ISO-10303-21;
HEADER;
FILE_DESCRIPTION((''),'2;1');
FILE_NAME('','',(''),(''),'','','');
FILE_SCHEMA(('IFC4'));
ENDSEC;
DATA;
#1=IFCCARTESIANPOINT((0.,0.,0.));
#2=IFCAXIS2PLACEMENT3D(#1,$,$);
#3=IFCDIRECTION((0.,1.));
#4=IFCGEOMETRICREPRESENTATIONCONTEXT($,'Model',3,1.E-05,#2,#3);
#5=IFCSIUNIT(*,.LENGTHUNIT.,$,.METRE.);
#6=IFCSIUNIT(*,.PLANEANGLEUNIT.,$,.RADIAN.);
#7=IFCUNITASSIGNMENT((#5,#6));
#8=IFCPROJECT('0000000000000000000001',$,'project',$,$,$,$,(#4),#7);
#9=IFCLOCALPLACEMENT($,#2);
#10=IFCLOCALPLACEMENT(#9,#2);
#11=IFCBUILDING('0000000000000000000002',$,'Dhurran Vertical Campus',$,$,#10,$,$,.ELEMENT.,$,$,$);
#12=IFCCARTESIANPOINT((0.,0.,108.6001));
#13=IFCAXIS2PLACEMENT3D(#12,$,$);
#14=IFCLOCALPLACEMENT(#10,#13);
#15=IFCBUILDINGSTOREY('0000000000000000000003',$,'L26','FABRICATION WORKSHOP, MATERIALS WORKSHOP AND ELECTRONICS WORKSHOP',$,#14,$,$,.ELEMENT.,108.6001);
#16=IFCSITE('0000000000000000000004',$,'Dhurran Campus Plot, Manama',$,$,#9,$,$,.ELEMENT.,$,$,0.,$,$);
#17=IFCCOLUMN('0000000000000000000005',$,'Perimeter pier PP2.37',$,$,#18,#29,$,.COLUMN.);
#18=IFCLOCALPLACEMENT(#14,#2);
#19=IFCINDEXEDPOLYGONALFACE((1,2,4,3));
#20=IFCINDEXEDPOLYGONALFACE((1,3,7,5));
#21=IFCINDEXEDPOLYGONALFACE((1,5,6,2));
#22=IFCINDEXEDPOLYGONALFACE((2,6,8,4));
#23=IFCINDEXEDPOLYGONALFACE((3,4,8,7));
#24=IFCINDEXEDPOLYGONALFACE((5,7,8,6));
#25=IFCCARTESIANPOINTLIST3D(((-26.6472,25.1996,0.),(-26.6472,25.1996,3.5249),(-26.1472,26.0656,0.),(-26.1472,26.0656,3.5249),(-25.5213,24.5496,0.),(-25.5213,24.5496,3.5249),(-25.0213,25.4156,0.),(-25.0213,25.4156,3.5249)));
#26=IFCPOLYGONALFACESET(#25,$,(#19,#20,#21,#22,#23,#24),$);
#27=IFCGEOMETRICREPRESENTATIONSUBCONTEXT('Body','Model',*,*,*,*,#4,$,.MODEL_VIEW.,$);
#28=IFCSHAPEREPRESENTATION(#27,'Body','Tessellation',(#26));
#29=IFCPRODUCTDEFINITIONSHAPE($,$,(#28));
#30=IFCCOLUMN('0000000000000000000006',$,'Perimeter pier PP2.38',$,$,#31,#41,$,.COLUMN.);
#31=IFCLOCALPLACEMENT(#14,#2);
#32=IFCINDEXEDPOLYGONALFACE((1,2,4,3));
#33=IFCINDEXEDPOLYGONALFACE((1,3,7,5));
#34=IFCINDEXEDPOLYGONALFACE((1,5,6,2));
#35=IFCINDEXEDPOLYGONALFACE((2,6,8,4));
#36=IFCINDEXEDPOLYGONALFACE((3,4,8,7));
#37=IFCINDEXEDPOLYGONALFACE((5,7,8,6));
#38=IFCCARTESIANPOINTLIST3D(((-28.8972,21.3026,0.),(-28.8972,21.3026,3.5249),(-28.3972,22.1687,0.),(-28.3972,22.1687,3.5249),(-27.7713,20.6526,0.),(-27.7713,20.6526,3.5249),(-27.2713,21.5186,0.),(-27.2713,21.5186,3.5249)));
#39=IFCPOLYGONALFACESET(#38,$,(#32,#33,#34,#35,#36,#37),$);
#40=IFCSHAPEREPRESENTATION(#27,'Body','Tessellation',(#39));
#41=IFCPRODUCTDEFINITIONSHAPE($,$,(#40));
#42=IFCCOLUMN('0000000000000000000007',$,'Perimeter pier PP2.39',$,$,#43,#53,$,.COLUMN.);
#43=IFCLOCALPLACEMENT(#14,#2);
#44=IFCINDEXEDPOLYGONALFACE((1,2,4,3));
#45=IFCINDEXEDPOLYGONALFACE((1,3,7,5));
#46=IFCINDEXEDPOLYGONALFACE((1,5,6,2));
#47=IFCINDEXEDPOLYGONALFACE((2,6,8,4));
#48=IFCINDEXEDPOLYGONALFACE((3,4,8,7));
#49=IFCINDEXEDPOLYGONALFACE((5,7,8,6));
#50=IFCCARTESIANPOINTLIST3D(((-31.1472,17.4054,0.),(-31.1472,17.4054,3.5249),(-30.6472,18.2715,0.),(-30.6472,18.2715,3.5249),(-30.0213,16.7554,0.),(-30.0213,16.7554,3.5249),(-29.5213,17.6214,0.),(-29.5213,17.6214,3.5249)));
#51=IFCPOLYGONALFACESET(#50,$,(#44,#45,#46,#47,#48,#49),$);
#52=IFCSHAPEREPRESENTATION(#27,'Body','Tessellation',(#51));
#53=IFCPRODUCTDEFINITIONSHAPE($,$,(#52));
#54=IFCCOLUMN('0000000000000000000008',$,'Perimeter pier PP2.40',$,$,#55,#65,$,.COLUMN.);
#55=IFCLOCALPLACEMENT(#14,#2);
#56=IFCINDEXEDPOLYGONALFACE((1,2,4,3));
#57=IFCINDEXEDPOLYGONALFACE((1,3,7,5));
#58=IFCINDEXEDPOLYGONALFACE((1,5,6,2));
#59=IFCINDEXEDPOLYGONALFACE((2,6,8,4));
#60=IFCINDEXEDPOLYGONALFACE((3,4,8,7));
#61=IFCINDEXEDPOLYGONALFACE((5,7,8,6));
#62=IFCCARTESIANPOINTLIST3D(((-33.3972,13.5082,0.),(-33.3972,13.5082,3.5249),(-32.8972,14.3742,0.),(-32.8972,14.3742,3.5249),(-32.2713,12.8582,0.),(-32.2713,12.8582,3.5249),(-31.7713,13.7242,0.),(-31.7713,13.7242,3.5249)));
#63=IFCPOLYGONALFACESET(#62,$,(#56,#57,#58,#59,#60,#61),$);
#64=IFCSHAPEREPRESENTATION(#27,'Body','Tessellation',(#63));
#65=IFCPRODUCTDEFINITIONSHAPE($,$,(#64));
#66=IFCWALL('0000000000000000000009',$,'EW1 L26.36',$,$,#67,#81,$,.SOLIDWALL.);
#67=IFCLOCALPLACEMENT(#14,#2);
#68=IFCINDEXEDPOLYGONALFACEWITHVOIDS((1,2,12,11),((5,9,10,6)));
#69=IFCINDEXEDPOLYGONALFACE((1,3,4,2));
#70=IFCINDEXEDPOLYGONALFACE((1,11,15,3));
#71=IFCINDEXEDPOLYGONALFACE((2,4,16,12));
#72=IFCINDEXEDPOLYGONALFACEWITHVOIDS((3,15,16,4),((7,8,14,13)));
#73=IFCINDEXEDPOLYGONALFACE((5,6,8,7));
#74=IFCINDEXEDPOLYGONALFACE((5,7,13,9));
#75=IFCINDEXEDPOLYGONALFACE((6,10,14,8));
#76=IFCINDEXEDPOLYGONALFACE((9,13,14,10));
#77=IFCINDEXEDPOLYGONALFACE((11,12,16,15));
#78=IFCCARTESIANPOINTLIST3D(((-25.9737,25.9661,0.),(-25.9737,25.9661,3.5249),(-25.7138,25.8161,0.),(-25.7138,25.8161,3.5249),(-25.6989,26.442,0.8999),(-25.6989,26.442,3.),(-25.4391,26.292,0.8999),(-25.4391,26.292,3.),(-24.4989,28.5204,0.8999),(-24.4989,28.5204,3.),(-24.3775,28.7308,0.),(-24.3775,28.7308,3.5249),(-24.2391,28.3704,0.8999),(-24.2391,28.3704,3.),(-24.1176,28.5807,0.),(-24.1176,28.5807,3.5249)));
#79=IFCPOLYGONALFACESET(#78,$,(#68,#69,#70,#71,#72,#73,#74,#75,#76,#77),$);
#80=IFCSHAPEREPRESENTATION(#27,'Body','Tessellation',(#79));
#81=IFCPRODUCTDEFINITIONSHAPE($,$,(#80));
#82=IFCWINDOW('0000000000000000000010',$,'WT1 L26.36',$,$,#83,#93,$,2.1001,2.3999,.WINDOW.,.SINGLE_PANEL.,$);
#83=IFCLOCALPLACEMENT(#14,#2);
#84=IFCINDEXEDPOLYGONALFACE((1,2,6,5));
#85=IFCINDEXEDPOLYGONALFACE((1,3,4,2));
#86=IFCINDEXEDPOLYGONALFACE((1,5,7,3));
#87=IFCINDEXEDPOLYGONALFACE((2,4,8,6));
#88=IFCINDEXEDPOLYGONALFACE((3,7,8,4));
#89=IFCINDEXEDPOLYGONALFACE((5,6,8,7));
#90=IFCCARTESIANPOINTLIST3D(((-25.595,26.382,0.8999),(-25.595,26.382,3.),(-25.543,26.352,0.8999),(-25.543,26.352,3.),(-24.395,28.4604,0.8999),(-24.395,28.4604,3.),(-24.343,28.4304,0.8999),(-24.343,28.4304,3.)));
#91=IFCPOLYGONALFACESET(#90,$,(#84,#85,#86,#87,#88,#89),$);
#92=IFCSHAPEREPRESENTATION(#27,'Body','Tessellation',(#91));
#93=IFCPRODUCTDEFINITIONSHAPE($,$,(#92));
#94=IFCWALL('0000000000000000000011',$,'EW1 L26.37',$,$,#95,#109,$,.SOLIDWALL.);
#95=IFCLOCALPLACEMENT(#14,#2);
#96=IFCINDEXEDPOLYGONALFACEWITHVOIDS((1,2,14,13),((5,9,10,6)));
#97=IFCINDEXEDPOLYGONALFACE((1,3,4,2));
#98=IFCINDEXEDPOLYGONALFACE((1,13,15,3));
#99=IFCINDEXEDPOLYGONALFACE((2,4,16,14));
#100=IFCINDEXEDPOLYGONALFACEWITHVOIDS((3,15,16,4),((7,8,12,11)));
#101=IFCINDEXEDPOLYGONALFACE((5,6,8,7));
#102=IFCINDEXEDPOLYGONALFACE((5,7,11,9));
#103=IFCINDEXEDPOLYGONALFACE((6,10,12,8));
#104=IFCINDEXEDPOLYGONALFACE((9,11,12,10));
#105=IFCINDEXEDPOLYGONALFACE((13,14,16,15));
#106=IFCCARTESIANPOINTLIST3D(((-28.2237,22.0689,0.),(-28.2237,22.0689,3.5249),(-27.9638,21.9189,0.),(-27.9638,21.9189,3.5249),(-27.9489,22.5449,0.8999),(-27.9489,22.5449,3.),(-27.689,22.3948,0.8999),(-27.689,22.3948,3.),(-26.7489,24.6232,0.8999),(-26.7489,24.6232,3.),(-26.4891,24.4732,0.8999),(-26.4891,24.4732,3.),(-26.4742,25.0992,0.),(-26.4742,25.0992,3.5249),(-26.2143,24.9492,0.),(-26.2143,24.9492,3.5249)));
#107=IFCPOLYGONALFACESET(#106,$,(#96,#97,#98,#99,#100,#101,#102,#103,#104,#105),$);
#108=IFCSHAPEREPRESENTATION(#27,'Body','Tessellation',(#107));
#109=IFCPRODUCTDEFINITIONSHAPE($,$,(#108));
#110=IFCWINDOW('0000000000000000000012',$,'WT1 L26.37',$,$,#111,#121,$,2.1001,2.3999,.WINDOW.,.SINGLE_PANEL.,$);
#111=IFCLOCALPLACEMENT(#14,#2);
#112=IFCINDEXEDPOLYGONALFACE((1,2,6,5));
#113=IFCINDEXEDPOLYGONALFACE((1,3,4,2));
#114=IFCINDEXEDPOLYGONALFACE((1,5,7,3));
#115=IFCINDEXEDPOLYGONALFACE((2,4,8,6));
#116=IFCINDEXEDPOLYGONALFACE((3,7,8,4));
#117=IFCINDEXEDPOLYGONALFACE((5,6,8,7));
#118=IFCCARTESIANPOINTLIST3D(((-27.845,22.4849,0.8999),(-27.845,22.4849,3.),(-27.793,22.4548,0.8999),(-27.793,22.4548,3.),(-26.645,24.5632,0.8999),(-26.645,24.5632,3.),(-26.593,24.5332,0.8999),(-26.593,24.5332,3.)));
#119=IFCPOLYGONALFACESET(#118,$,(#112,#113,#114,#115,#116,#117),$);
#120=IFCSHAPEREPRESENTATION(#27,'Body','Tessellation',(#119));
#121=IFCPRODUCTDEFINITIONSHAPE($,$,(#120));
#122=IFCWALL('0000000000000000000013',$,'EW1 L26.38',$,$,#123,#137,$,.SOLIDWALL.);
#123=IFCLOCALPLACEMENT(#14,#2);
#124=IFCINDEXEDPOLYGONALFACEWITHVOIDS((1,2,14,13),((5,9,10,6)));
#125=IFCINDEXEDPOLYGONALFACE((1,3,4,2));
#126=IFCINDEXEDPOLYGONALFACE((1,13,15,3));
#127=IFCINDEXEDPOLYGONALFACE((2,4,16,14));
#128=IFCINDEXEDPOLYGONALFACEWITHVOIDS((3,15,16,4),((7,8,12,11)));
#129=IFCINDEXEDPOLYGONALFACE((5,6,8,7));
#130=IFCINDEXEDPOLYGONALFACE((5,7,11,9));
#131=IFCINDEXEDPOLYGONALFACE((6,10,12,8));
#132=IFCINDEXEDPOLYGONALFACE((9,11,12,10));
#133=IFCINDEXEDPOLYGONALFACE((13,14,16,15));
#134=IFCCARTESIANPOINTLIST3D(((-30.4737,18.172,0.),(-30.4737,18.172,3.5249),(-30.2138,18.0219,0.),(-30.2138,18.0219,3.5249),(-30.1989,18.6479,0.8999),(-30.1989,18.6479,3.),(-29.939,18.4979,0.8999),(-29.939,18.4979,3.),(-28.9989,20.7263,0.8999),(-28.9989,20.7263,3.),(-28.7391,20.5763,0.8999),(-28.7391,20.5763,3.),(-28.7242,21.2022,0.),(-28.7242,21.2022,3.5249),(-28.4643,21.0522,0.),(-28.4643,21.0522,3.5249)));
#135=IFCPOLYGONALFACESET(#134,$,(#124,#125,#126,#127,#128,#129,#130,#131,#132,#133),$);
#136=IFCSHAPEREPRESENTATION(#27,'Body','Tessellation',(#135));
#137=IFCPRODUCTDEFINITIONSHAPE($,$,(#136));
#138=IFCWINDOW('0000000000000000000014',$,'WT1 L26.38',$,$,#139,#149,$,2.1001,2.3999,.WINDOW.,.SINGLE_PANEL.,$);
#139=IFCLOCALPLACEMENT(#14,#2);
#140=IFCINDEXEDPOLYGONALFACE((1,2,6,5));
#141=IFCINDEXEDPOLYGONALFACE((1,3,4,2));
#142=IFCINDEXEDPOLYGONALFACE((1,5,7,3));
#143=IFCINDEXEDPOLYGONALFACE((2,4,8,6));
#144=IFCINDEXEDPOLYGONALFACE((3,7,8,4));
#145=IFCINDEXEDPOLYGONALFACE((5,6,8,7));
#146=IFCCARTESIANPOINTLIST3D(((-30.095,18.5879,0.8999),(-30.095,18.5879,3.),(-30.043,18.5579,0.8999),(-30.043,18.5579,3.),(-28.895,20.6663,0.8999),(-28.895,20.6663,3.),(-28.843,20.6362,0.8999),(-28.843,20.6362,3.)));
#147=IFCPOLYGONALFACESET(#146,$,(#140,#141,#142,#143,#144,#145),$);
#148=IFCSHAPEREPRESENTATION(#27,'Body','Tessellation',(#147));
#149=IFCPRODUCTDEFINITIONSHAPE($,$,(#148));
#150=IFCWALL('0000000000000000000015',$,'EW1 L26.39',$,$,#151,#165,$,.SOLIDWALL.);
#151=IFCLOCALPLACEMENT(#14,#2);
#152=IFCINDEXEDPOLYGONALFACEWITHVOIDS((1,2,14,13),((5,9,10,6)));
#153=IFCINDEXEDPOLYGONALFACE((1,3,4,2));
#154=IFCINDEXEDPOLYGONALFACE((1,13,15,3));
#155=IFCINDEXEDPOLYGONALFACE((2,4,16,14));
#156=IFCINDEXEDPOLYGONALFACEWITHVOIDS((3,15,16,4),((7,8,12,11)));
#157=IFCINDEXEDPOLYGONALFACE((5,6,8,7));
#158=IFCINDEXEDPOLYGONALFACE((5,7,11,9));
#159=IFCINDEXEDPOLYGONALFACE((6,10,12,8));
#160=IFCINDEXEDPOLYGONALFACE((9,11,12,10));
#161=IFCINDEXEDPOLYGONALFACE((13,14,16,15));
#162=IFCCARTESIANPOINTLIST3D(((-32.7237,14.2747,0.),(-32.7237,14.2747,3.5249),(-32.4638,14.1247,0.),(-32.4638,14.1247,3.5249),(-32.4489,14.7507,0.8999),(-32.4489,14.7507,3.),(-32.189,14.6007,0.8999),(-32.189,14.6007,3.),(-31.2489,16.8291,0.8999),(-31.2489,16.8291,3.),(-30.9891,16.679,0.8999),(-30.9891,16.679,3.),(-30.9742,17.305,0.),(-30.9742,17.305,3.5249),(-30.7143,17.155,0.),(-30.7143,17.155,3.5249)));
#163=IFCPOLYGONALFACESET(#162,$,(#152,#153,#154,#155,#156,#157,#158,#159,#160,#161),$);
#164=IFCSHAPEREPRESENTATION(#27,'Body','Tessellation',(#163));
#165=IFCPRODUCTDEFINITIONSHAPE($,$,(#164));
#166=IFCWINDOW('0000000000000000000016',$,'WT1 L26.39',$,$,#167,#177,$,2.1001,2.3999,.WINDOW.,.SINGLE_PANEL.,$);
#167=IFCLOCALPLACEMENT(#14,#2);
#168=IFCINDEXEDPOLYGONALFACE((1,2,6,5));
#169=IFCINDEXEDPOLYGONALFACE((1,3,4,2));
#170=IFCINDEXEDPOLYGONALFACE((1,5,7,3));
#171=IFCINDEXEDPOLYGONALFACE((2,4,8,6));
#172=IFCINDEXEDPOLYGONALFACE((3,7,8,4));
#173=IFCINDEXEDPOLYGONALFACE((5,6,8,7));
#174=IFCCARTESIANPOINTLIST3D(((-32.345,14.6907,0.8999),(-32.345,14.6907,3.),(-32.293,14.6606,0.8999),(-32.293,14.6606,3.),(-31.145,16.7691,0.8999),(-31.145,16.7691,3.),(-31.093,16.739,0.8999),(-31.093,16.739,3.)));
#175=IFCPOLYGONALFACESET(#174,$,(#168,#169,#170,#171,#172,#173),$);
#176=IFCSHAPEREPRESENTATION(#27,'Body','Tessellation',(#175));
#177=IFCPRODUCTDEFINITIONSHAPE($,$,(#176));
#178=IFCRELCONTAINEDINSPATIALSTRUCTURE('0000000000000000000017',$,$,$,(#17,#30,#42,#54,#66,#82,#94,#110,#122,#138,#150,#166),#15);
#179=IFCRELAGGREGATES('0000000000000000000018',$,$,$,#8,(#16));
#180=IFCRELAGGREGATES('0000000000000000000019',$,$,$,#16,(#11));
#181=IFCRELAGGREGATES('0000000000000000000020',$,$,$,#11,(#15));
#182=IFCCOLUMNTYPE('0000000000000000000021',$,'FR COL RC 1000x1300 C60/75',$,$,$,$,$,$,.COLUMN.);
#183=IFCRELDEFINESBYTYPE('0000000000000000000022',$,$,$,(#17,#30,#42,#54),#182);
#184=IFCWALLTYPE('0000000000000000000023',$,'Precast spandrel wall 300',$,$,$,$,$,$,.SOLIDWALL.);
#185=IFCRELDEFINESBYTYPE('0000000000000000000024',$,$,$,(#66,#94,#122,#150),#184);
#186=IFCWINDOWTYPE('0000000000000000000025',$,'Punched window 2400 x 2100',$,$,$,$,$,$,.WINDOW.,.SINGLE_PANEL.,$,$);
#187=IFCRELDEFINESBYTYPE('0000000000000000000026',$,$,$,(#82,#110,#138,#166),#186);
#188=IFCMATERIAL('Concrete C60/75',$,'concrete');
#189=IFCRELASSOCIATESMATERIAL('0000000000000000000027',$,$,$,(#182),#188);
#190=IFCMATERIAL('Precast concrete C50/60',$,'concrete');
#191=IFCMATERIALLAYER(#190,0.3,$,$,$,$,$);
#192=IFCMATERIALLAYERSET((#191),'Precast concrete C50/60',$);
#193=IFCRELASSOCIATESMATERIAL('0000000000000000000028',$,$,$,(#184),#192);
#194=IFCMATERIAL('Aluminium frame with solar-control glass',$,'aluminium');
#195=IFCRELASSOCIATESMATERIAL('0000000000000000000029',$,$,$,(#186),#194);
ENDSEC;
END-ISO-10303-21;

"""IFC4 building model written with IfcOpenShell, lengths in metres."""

from ifc_helpers import new_model, si_unit, direction, frame, frame_2d, origin, origin_2d, place, context, subcontext, project, spatial, rectangle, extrude, material, layer, layer_set, material_profile, profile_set, type_object, element, fill, save


model = new_model("IFC4")

# Units and contexts
model_context = context("Model", 3, precision=1e-05, world=origin(), true_north=direction((0.0, 1.0)))
body_context = subcontext(model_context, "Body", "Model", "MODEL_VIEW")
ifc_project = project(units=[si_unit("LENGTHUNIT", "METRE"), si_unit("PLANEANGLEUNIT", "RADIAN")], contexts=[model_context])

# Site, building, storey
site_placement = place(None, origin())
site = spatial("IfcSite", under=ifc_project, at=site_placement, Name="Dhurran Campus Plot, Manama", CompositionType="ELEMENT", RefElevation=0.0)
building_placement = place(site_placement, origin())
building = spatial("IfcBuilding", under=site, at=building_placement, Name="Dhurran Vertical Campus", CompositionType="ELEMENT")
storey_placement = place(building_placement, frame((0.0, 0.0, 108.6001)))
storey = spatial("IfcBuildingStorey", under=building, at=storey_placement, Name="L26", Description="FABRICATION WORKSHOP, MATERIALS WORKSHOP AND ELECTRONICS WORKSHOP", CompositionType="ELEMENT", Elevation=108.6001)

# Columns
ifc_material_1 = material(Name="Concrete C60/75", Category="concrete")
ifc_material_profile = material_profile(ifc_material_1, rectangle(XDim=1.0, YDim=1.3, at=origin_2d()), Name="RC 1000x1300")
ifc_profile_set = profile_set([ifc_material_profile], Name="Concrete C60/75")
column_type = type_object("IfcColumnType", Name="FR COL RC 1000x1300 C60/75", PredefinedType="COLUMN", material=ifc_profile_set)
for number, where, z_axis, x_axis, name in (
    (1, (-25.8342, 25.3076, 0.0), (0.0, 0.0, 1.0), (-0.5, -0.866025, 0.0), "Perimeter pier PP2.37"),
    (2, (-28.0842, 21.4106, 0.0), (0.0, 0.0, 1.0), (-0.5, -0.866025, 0.0), "Perimeter pier PP2.38"),
    (3, (-30.3342, 17.5134, 0.0), (0.0, 0.0, 1.0), (-0.5, -0.866025, 0.0), "Perimeter pier PP2.39"),
    (4, (-32.5842, 13.6162, 0.0), (0.0, 0.0, 1.0), (-0.5, -0.866025, 0.0), "Perimeter pier PP2.40"),
):
    element("IfcColumn", number, at=place(storey_placement, frame(where, z_axis=z_axis, x_axis=x_axis)), inside=storey, type_object=column_type, Name=name, PredefinedType="COLUMN", context=body_context, shape_type="SweptSolid", body=[
        extrude(rectangle(XDim=1.0, YDim=1.3, at=origin_2d()), origin(), (0.0, 0.0, 1.0), 3.5249),
    ])

# Walls, openings, windows
ifc_material_2 = material(Name="Precast concrete C50/60", Category="concrete")
ifc_layer_1 = layer(ifc_material_2, 0.3)
ifc_layer_set_1 = layer_set([ifc_layer_1], Name="Precast concrete C50/60")
wall_type_1 = type_object("IfcWallType", Name="Precast spandrel wall 300", PredefinedType="SOLIDWALL", material=ifc_layer_set_1)
wall_1_placement = place(storey_placement, frame((-24.2476, 28.6558, 0.0), z_axis=(0.0, 0.0, 1.0), x_axis=(-0.500005, -0.866023, 0.0)))
wall_1 = element("IfcWall", 5, at=wall_1_placement, inside=storey, type_object=wall_type_1, Name="EW1 L26.36", PredefinedType="SOLIDWALL", context=body_context, shape_type="SweptSolid", body=[
    extrude(rectangle(XDim=3.1924, YDim=0.3, at=frame_2d((1.5962, 0.0))), origin(), (0.0, 0.0, 1.0), 3.5249),
])
opening_1_placement = place(wall_1_placement, frame((0.2429, 0.0, 0.8999)))
opening_1 = element("IfcOpeningElement", 6, at=opening_1_placement, cuts=wall_1, PredefinedType="OPENING", context=body_context, shape_type="SweptSolid", body=[
    extrude(rectangle(XDim=2.3999, YDim=2.1001, at=frame_2d((1.2, 1.05))), frame((0.0, 0.1599, 0.0), z_axis=(0.0, -1.0, 0.0), x_axis=(1.0, 0.0, 0.0)), (0.0, 0.0, 1.0), 0.3201),
])
ifc_material_3 = material(Name="Aluminium frame with solar-control glass", Category="aluminium")
window_type = type_object("IfcWindowType", Name="Punched window 2400 x 2100", PartitioningType="SINGLE_PANEL", PredefinedType="WINDOW", material=ifc_material_3)
window_1_placement = place(opening_1_placement, origin())
window_1 = element("IfcWindow", 7, at=window_1_placement, inside=storey, type_object=window_type, Name="WT1 L26.36", OverallHeight=2.1001, OverallWidth=2.3999, PartitioningType="SINGLE_PANEL", PredefinedType="WINDOW", context=body_context, shape_type="SweptSolid", body=[
    extrude(rectangle(XDim=2.3999, YDim=2.1001, at=frame_2d((1.2, 1.05))), frame((0.0, 0.03, 0.0), z_axis=(0.0, -1.0, 0.0), x_axis=(1.0, 0.0, 0.0)), (0.0, 0.0, 1.0), 0.0601),
])
fill(opening_1, window_1)
wall_2_placement = place(storey_placement, frame((-26.3442, 25.0242, 0.0), z_axis=(0.0, 0.0, 1.0), x_axis=(-0.499996, -0.866028, 0.0)))
wall_2 = element("IfcWall", 8, at=wall_2_placement, inside=storey, type_object=wall_type_1, Name="EW1 L26.37", PredefinedType="SOLIDWALL", context=body_context, shape_type="SweptSolid", body=[
    extrude(rectangle(XDim=3.499, YDim=0.3, at=frame_2d((1.7495, 0.0))), origin(), (0.0, 0.0, 1.0), 3.5249),
])
opening_2_placement = place(wall_2_placement, frame((0.5496, 0.0, 0.8999)))
opening_2 = element("IfcOpeningElement", 9, at=opening_2_placement, cuts=wall_2, PredefinedType="OPENING", context=body_context, shape_type="SweptSolid", body=[
    extrude(rectangle(XDim=2.3999, YDim=2.1001, at=frame_2d((1.2, 1.05))), frame((0.0, 0.1599, 0.0), z_axis=(0.0, -1.0, 0.0), x_axis=(1.0, 0.0, 0.0)), (0.0, 0.0, 1.0), 0.3201),
])
window_2_placement = place(opening_2_placement, origin())
window_2 = element("IfcWindow", 10, at=window_2_placement, inside=storey, type_object=window_type, Name="WT1 L26.37", OverallHeight=2.1001, OverallWidth=2.3999, PartitioningType="SINGLE_PANEL", PredefinedType="WINDOW", context=body_context, shape_type="SweptSolid", body=[
    extrude(rectangle(XDim=2.3999, YDim=2.1001, at=frame_2d((1.2, 1.05))), frame((0.0, 0.03, 0.0), z_axis=(0.0, -1.0, 0.0), x_axis=(1.0, 0.0, 0.0)), (0.0, 0.0, 1.0), 0.0601),
])
fill(opening_2, window_2)
wall_3_placement = place(storey_placement, frame((-28.5942, 21.1272, 0.0), z_axis=(0.0, 0.0, 1.0), x_axis=(-0.499996, -0.866028, 0.0)))
wall_3 = element("IfcWall", 11, at=wall_3_placement, inside=storey, type_object=wall_type_1, Name="EW1 L26.38", PredefinedType="SOLIDWALL", context=body_context, shape_type="SweptSolid", body=[
    extrude(rectangle(XDim=3.499, YDim=0.3, at=frame_2d((1.7495, 0.0))), origin(), (0.0, 0.0, 1.0), 3.5249),
])
opening_3_placement = place(wall_3_placement, frame((0.5496, 0.0, 0.8999)))
opening_3 = element("IfcOpeningElement", 12, at=opening_3_placement, cuts=wall_3, PredefinedType="OPENING", context=body_context, shape_type="SweptSolid", body=[
    extrude(rectangle(XDim=2.3999, YDim=2.1001, at=frame_2d((1.2, 1.05))), frame((0.0, 0.1599, 0.0), z_axis=(0.0, -1.0, 0.0), x_axis=(1.0, 0.0, 0.0)), (0.0, 0.0, 1.0), 0.3201),
])
window_3_placement = place(opening_3_placement, origin())
window_3 = element("IfcWindow", 13, at=window_3_placement, inside=storey, type_object=window_type, Name="WT1 L26.38", OverallHeight=2.1001, OverallWidth=2.3999, PartitioningType="SINGLE_PANEL", PredefinedType="WINDOW", context=body_context, shape_type="SweptSolid", body=[
    extrude(rectangle(XDim=2.3999, YDim=2.1001, at=frame_2d((1.2, 1.05))), frame((0.0, 0.03, 0.0), z_axis=(0.0, -1.0, 0.0), x_axis=(1.0, 0.0, 0.0)), (0.0, 0.0, 1.0), 0.0601),
])
fill(opening_3, window_3)
wall_4_placement = place(storey_placement, frame((-30.8442, 17.23, 0.0), z_axis=(0.0, 0.0, 1.0), x_axis=(-0.499996, -0.866028, 0.0)))
wall_4 = element("IfcWall", 14, at=wall_4_placement, inside=storey, type_object=wall_type_1, Name="EW1 L26.39", PredefinedType="SOLIDWALL", context=body_context, shape_type="SweptSolid", body=[
    extrude(rectangle(XDim=3.499, YDim=0.3, at=frame_2d((1.7495, 0.0))), origin(), (0.0, 0.0, 1.0), 3.5249),
])
opening_4_placement = place(wall_4_placement, frame((0.5496, 0.0, 0.8999)))
opening_4 = element("IfcOpeningElement", 15, at=opening_4_placement, cuts=wall_4, PredefinedType="OPENING", context=body_context, shape_type="SweptSolid", body=[
    extrude(rectangle(XDim=2.3999, YDim=2.1001, at=frame_2d((1.2, 1.05))), frame((0.0, 0.1599, 0.0), z_axis=(0.0, -1.0, 0.0), x_axis=(1.0, 0.0, 0.0)), (0.0, 0.0, 1.0), 0.3201),
])
window_4_placement = place(opening_4_placement, origin())
window_4 = element("IfcWindow", 16, at=window_4_placement, inside=storey, type_object=window_type, Name="WT1 L26.39", OverallHeight=2.1001, OverallWidth=2.3999, PartitioningType="SINGLE_PANEL", PredefinedType="WINDOW", context=body_context, shape_type="SweptSolid", body=[
    extrude(rectangle(XDim=2.3999, YDim=2.1001, at=frame_2d((1.2, 1.05))), frame((0.0, 0.03, 0.0), z_axis=(0.0, -1.0, 0.0), x_axis=(1.0, 0.0, 0.0)), (0.0, 0.0, 1.0), 0.0601),
])
fill(opening_4, window_4)

save(model, "model.ifc")
